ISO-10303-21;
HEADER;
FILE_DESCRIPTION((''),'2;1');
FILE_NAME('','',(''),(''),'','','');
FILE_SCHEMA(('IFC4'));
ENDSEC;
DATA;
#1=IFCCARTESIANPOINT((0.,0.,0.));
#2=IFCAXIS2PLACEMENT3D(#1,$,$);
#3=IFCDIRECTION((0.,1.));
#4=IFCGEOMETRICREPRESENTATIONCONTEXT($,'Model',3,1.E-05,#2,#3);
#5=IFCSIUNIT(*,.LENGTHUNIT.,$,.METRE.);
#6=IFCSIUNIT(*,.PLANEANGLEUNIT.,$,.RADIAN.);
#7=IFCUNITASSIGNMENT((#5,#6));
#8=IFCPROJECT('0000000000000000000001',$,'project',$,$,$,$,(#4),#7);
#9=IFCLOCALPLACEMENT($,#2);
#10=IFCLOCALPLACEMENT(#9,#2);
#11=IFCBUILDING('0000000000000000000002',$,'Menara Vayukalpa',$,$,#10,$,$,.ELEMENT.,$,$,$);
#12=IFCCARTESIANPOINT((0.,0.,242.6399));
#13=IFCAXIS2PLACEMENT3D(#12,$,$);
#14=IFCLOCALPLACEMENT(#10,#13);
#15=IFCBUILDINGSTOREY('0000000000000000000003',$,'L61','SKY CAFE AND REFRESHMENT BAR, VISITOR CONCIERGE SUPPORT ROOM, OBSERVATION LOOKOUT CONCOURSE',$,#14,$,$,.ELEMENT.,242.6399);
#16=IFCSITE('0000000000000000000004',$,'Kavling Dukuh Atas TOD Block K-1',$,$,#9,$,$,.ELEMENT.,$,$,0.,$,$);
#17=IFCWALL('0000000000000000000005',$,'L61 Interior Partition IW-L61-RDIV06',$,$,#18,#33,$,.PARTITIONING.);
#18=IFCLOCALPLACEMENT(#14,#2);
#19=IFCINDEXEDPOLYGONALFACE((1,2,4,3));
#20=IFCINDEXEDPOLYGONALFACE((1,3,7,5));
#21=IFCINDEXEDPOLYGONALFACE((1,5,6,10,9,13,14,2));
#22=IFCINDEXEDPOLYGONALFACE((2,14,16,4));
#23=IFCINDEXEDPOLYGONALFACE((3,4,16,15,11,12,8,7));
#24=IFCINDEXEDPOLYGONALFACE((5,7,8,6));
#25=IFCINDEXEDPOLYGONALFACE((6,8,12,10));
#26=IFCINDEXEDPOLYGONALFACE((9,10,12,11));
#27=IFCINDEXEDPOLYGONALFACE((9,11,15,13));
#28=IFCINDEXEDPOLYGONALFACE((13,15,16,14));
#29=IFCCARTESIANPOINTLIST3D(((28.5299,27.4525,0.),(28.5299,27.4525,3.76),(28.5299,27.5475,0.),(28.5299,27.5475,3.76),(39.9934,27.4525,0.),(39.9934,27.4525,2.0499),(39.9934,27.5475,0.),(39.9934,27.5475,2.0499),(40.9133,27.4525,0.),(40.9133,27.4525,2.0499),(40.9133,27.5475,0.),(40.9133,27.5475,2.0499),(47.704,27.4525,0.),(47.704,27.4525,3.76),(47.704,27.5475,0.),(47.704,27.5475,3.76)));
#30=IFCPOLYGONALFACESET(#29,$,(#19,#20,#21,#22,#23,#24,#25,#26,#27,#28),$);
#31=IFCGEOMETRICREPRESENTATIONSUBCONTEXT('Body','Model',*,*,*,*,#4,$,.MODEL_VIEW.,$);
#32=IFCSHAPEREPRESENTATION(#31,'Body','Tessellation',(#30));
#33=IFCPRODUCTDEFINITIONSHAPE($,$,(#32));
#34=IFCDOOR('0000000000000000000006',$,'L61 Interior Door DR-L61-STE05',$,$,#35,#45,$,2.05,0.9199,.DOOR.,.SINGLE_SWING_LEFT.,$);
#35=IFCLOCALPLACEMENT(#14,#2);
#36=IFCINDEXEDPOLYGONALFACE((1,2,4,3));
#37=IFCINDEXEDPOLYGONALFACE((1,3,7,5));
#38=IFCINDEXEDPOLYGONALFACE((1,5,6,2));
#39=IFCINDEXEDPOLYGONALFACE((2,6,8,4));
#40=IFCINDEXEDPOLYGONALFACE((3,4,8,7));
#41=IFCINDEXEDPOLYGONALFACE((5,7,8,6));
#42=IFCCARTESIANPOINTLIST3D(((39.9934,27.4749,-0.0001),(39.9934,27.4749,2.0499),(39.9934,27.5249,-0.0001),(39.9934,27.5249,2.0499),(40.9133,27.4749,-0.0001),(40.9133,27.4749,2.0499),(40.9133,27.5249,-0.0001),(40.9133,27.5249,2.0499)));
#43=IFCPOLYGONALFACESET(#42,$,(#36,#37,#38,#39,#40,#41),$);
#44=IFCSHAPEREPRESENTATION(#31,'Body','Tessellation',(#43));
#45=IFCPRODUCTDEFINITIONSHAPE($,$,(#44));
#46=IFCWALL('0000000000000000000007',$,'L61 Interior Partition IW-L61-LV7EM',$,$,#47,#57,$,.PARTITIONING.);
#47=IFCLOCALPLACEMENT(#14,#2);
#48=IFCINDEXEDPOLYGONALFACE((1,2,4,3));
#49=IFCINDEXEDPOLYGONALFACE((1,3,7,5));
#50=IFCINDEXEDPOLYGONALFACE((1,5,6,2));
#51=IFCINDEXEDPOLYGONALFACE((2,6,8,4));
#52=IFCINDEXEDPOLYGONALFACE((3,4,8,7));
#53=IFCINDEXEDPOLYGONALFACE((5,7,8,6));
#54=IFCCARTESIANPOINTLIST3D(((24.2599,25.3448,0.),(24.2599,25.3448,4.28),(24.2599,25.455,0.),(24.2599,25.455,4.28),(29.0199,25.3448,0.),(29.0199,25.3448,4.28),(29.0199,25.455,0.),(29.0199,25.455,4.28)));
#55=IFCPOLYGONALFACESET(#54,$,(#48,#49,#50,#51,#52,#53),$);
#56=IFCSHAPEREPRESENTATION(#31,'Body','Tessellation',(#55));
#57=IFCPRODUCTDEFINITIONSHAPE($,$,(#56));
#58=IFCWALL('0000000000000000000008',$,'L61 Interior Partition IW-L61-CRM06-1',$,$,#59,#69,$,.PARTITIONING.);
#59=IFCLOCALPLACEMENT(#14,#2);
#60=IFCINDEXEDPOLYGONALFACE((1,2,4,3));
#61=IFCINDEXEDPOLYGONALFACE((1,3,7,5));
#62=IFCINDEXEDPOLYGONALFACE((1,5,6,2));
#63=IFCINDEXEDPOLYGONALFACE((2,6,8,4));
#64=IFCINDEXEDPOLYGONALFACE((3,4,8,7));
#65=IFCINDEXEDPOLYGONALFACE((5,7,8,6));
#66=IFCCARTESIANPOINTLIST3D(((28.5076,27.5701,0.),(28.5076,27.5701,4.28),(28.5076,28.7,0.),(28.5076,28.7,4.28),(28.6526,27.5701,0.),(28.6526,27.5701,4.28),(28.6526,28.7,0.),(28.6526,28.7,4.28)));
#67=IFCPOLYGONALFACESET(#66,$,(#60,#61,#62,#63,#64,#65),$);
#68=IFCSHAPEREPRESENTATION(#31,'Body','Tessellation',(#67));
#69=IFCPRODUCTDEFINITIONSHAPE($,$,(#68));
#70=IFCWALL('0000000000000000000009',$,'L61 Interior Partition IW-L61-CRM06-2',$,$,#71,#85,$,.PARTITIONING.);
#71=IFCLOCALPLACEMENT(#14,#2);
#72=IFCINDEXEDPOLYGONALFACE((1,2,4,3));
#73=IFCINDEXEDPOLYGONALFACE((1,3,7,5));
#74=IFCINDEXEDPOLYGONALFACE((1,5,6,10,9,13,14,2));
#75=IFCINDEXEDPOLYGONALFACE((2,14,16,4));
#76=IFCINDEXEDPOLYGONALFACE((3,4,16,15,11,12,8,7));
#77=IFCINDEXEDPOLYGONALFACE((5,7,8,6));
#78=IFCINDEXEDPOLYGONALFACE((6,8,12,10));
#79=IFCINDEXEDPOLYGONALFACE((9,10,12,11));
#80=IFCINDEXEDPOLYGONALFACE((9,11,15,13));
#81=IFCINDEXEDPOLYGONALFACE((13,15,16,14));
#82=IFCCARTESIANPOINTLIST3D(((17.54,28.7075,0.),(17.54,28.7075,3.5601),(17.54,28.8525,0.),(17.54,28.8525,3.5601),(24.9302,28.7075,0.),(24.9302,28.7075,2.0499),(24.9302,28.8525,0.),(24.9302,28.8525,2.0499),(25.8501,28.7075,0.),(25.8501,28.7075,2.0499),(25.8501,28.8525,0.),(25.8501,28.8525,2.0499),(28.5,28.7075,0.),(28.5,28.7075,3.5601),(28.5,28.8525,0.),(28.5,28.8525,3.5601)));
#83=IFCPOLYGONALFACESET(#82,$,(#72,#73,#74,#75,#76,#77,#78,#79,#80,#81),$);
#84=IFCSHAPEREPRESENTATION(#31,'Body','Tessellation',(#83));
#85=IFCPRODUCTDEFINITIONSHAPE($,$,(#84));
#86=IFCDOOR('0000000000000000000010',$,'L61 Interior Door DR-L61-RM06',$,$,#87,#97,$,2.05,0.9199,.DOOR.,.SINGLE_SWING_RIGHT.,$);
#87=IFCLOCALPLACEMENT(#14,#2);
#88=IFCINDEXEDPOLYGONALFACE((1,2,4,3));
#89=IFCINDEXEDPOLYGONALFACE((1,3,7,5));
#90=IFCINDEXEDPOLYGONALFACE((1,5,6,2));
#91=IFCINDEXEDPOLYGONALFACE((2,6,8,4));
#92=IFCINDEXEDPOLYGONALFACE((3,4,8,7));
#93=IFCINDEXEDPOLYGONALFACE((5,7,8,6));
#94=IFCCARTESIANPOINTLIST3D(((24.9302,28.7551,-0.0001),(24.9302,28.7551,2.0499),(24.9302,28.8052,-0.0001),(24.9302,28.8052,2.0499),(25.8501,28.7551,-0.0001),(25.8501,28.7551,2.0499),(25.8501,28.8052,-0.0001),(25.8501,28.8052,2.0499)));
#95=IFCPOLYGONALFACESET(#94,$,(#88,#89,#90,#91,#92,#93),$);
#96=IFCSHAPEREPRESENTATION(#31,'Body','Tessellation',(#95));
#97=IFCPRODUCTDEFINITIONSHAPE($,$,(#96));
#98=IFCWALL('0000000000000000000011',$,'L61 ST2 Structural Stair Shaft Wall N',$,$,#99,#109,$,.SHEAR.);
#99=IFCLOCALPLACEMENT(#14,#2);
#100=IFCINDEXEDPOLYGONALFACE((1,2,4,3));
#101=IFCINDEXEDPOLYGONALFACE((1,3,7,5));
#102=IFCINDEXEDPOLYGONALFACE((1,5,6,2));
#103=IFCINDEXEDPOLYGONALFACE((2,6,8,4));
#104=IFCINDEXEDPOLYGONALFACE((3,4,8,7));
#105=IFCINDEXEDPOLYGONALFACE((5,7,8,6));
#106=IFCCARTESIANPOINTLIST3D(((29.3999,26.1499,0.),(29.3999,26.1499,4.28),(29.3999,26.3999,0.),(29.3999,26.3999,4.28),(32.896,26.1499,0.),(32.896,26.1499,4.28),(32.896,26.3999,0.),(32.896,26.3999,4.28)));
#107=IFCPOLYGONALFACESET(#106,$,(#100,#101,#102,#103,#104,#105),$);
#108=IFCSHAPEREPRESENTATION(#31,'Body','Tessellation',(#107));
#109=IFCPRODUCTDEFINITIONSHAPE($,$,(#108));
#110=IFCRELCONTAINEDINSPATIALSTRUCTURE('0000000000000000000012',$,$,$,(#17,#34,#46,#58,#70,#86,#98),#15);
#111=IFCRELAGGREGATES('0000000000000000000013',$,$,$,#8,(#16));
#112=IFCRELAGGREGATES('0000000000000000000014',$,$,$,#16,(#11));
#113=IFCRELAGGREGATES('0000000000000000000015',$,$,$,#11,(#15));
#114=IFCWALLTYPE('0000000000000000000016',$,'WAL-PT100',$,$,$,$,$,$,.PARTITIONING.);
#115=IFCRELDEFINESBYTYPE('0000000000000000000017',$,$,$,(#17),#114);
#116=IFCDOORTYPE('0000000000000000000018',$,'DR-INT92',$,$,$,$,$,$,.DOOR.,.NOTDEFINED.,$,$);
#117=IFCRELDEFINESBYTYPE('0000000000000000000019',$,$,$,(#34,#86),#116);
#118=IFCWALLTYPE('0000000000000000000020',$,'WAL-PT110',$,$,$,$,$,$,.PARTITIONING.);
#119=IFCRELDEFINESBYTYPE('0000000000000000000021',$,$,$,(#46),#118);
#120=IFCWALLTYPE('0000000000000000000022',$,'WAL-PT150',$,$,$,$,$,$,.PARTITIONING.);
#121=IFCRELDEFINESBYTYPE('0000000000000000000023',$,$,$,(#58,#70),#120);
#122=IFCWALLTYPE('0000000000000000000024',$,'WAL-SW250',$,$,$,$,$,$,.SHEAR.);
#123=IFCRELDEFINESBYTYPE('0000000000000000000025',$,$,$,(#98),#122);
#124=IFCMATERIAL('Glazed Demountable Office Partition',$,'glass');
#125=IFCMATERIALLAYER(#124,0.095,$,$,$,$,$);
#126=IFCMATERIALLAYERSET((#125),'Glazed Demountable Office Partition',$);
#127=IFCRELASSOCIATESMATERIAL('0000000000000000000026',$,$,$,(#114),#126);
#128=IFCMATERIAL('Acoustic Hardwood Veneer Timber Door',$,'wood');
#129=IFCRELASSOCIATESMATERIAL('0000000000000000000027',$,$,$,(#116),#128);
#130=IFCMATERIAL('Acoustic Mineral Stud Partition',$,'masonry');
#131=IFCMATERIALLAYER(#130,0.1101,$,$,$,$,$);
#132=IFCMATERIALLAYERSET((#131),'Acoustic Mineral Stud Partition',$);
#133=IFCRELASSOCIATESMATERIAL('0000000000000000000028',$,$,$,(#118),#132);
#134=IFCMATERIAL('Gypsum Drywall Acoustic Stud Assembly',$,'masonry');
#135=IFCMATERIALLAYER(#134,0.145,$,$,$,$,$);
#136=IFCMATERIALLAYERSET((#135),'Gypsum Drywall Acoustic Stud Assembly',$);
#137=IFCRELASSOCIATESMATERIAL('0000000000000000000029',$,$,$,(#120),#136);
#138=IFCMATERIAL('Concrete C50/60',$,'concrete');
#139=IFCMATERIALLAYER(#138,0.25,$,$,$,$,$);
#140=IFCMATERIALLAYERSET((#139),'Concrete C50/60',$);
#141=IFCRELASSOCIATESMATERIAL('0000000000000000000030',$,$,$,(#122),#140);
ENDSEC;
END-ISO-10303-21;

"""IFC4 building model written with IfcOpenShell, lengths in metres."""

from ifc_helpers import new_model, si_unit, direction, frame, frame_2d, origin, place, context, subcontext, project, spatial, rectangle, extrude, material, layer, layer_set, type_object, element, fill, save


model = new_model("IFC4")

# Units and contexts
model_context = context("Model", 3, precision=1e-05, world=origin(), true_north=direction((0.0, 1.0)))
body_context = subcontext(model_context, "Body", "Model", "MODEL_VIEW")
ifc_project = project(units=[si_unit("LENGTHUNIT", "METRE"), si_unit("PLANEANGLEUNIT", "RADIAN")], contexts=[model_context])

# Site, building, storey
site_placement = place(None, origin())
site = spatial("IfcSite", under=ifc_project, at=site_placement, Name="Kavling Dukuh Atas TOD Block K-1", CompositionType="ELEMENT", RefElevation=0.0)
building_placement = place(site_placement, origin())
building = spatial("IfcBuilding", under=site, at=building_placement, Name="Menara Vayukalpa", CompositionType="ELEMENT")
storey_placement = place(building_placement, frame((0.0, 0.0, 242.6399)))
storey = spatial("IfcBuildingStorey", under=building, at=storey_placement, Name="L61", Description="SKY CAFE AND REFRESHMENT BAR, VISITOR CONCIERGE SUPPORT ROOM, OBSERVATION LOOKOUT CONCOURSE", CompositionType="ELEMENT", Elevation=242.6399)

# Shared definitions
ifc_material_1 = material(Name="Glazed Demountable Office Partition", Category="glass")
ifc_layer_1 = layer(ifc_material_1, 0.095)
ifc_layer_set_1 = layer_set([ifc_layer_1], Name="Glazed Demountable Office Partition")
wall_type_1 = type_object("IfcWallType", Name="WAL-PT100", PredefinedType="PARTITIONING", material=ifc_layer_set_1)

# Wall, opening, door
wall_1_placement = place(storey_placement, frame((28.53, 27.5, 0.0), z_axis=(0.0, 0.0, 1.0), x_axis=(1.0, 0.0, 0.0)))
wall_1 = element("IfcWall", 1, at=wall_1_placement, inside=storey, type_object=wall_type_1, Name="L61 Interior Partition IW-L61-RDIV06", PredefinedType="PARTITIONING", context=body_context, shape_type="SweptSolid", body=[
    extrude(rectangle(XDim=19.1741, YDim=0.095, at=frame_2d((9.5869, 0.0))), origin(), (0.0, 0.0, 1.0), 3.76),
])
opening_1_placement = place(wall_1_placement, frame((11.4634, 0.0, 0.0)))
opening_1 = element("IfcOpeningElement", 2, at=opening_1_placement, cuts=wall_1, PredefinedType="OPENING", context=body_context, shape_type="SweptSolid", body=[
    extrude(rectangle(XDim=0.9199, YDim=2.05, at=frame_2d((0.46, 1.0249))), frame((0.0, 0.0574, 0.0), z_axis=(0.0, -1.0, 0.0), x_axis=(1.0, 0.0, 0.0)), (0.0, 0.0, 1.0), 0.115),
])
ifc_material_2 = material(Name="Acoustic Hardwood Veneer Timber Door", Category="wood")
door_type_1 = type_object("IfcDoorType", Name="DR-INT92", OperationType="NOTDEFINED", PredefinedType="DOOR", material=ifc_material_2)
door_1_placement = place(opening_1_placement, origin())
door_1 = element("IfcDoor", 3, at=door_1_placement, inside=storey, type_object=door_type_1, Name="L61 Interior Door DR-L61-STE05", OperationType="SINGLE_SWING_LEFT", OverallHeight=2.05, OverallWidth=0.9199, PredefinedType="DOOR", context=body_context, shape_type="SweptSolid", body=[
    extrude(rectangle(XDim=0.9199, YDim=2.05, at=frame_2d((0.46, 1.0249))), frame((0.0, 0.0249, 0.0), z_axis=(0.0, -1.0, 0.0), x_axis=(1.0, 0.0, 0.0)), (0.0, 0.0, 1.0), 0.05),
])
fill(opening_1, door_1)

# Walls
ifc_material_3 = material(Name="Acoustic Mineral Stud Partition", Category="masonry")
ifc_layer_2 = layer(ifc_material_3, 0.1101)
ifc_layer_set_2 = layer_set([ifc_layer_2], Name="Acoustic Mineral Stud Partition")
wall_type_2 = type_object("IfcWallType", Name="WAL-PT110", PredefinedType="PARTITIONING", material=ifc_layer_set_2)
wall_2_placement = place(storey_placement, frame((24.26, 25.3999, 0.0), z_axis=(0.0, 0.0, 1.0), x_axis=(1.0, 0.0, 0.0)))
element("IfcWall", 4, at=wall_2_placement, inside=storey, type_object=wall_type_2, Name="L61 Interior Partition IW-L61-LV7EM", PredefinedType="PARTITIONING", context=body_context, shape_type="SweptSolid", body=[
    extrude(rectangle(XDim=4.76, YDim=0.1101, at=frame_2d((2.3799, 0.0))), origin(), (0.0, 0.0, 1.0), 4.28),
])
ifc_material_4 = material(Name="Gypsum Drywall Acoustic Stud Assembly", Category="masonry")
ifc_layer_3 = layer(ifc_material_4, 0.145)
ifc_layer_set_3 = layer_set([ifc_layer_3], Name="Gypsum Drywall Acoustic Stud Assembly")
wall_type_3 = type_object("IfcWallType", Name="WAL-PT150", PredefinedType="PARTITIONING", material=ifc_layer_set_3)
wall_3_placement = place(storey_placement, frame((28.5801, 27.5701, 0.0), z_axis=(0.0, 0.0, 1.0), x_axis=(0.0, 1.0, 0.0)))
element("IfcWall", 5, at=wall_3_placement, inside=storey, type_object=wall_type_3, Name="L61 Interior Partition IW-L61-CRM06-1", PredefinedType="PARTITIONING", context=body_context, shape_type="SweptSolid", body=[
    extrude(rectangle(XDim=1.1299, YDim=0.145, at=frame_2d((0.5649, 0.0))), origin(), (0.0, 0.0, 1.0), 4.28),
])

# Wall, opening, door
wall_4_placement = place(storey_placement, frame((28.5, 28.78, 0.0), z_axis=(0.0, 0.0, 1.0), x_axis=(-1.0, 0.0, 0.0)))
wall_4 = element("IfcWall", 6, at=wall_4_placement, inside=storey, type_object=wall_type_3, Name="L61 Interior Partition IW-L61-CRM06-2", PredefinedType="PARTITIONING", context=body_context, shape_type="SweptSolid", body=[
    extrude(rectangle(XDim=10.96, YDim=0.145, at=frame_2d((5.48, 0.0))), origin(), (0.0, 0.0, 1.0), 3.5601),
])
opening_2_placement = place(wall_4_placement, frame((2.6499, 0.0, 0.0)))
opening_2 = element("IfcOpeningElement", 7, at=opening_2_placement, cuts=wall_4, PredefinedType="OPENING", context=body_context, shape_type="SweptSolid", body=[
    extrude(rectangle(XDim=0.9199, YDim=2.05, at=frame_2d((0.46, 1.0249))), frame((0.0, 0.0825, 0.0), z_axis=(0.0, -1.0, 0.0), x_axis=(1.0, 0.0, 0.0)), (0.0, 0.0, 1.0), 0.165),
])
door_2_placement = place(opening_2_placement, origin())
door_2 = element("IfcDoor", 8, at=door_2_placement, inside=storey, type_object=door_type_1, Name="L61 Interior Door DR-L61-RM06", OperationType="SINGLE_SWING_RIGHT", OverallHeight=2.05, OverallWidth=0.9199, PredefinedType="DOOR", context=body_context, shape_type="SweptSolid", body=[
    extrude(rectangle(XDim=0.9199, YDim=2.05, at=frame_2d((0.46, 1.0249))), frame((0.0, 0.0249, 0.0), z_axis=(0.0, -1.0, 0.0), x_axis=(1.0, 0.0, 0.0)), (0.0, 0.0, 1.0), 0.05),
])
fill(opening_2, door_2)

# Wall
ifc_material_5 = material(Name="Concrete C50/60", Category="concrete")
ifc_layer_4 = layer(ifc_material_5, 0.25)
ifc_layer_set_4 = layer_set([ifc_layer_4], Name="Concrete C50/60")
wall_type_4 = type_object("IfcWallType", Name="WAL-SW250", PredefinedType="SHEAR", material=ifc_layer_set_4)
wall_5_placement = place(storey_placement, frame((29.3999, 26.2749, 0.0), z_axis=(0.0, 0.0, 1.0), x_axis=(1.0, 0.0, 0.0)))
element("IfcWall", 9, at=wall_5_placement, inside=storey, type_object=wall_type_4, Name="L61 ST2 Structural Stair Shaft Wall N", PredefinedType="SHEAR", context=body_context, shape_type="SweptSolid", body=[
    extrude(rectangle(XDim=3.4961, YDim=0.25, at=frame_2d((1.748, 0.0))), origin(), (0.0, 0.0, 1.0), 4.28),
])

save(model, "model.ifc")
